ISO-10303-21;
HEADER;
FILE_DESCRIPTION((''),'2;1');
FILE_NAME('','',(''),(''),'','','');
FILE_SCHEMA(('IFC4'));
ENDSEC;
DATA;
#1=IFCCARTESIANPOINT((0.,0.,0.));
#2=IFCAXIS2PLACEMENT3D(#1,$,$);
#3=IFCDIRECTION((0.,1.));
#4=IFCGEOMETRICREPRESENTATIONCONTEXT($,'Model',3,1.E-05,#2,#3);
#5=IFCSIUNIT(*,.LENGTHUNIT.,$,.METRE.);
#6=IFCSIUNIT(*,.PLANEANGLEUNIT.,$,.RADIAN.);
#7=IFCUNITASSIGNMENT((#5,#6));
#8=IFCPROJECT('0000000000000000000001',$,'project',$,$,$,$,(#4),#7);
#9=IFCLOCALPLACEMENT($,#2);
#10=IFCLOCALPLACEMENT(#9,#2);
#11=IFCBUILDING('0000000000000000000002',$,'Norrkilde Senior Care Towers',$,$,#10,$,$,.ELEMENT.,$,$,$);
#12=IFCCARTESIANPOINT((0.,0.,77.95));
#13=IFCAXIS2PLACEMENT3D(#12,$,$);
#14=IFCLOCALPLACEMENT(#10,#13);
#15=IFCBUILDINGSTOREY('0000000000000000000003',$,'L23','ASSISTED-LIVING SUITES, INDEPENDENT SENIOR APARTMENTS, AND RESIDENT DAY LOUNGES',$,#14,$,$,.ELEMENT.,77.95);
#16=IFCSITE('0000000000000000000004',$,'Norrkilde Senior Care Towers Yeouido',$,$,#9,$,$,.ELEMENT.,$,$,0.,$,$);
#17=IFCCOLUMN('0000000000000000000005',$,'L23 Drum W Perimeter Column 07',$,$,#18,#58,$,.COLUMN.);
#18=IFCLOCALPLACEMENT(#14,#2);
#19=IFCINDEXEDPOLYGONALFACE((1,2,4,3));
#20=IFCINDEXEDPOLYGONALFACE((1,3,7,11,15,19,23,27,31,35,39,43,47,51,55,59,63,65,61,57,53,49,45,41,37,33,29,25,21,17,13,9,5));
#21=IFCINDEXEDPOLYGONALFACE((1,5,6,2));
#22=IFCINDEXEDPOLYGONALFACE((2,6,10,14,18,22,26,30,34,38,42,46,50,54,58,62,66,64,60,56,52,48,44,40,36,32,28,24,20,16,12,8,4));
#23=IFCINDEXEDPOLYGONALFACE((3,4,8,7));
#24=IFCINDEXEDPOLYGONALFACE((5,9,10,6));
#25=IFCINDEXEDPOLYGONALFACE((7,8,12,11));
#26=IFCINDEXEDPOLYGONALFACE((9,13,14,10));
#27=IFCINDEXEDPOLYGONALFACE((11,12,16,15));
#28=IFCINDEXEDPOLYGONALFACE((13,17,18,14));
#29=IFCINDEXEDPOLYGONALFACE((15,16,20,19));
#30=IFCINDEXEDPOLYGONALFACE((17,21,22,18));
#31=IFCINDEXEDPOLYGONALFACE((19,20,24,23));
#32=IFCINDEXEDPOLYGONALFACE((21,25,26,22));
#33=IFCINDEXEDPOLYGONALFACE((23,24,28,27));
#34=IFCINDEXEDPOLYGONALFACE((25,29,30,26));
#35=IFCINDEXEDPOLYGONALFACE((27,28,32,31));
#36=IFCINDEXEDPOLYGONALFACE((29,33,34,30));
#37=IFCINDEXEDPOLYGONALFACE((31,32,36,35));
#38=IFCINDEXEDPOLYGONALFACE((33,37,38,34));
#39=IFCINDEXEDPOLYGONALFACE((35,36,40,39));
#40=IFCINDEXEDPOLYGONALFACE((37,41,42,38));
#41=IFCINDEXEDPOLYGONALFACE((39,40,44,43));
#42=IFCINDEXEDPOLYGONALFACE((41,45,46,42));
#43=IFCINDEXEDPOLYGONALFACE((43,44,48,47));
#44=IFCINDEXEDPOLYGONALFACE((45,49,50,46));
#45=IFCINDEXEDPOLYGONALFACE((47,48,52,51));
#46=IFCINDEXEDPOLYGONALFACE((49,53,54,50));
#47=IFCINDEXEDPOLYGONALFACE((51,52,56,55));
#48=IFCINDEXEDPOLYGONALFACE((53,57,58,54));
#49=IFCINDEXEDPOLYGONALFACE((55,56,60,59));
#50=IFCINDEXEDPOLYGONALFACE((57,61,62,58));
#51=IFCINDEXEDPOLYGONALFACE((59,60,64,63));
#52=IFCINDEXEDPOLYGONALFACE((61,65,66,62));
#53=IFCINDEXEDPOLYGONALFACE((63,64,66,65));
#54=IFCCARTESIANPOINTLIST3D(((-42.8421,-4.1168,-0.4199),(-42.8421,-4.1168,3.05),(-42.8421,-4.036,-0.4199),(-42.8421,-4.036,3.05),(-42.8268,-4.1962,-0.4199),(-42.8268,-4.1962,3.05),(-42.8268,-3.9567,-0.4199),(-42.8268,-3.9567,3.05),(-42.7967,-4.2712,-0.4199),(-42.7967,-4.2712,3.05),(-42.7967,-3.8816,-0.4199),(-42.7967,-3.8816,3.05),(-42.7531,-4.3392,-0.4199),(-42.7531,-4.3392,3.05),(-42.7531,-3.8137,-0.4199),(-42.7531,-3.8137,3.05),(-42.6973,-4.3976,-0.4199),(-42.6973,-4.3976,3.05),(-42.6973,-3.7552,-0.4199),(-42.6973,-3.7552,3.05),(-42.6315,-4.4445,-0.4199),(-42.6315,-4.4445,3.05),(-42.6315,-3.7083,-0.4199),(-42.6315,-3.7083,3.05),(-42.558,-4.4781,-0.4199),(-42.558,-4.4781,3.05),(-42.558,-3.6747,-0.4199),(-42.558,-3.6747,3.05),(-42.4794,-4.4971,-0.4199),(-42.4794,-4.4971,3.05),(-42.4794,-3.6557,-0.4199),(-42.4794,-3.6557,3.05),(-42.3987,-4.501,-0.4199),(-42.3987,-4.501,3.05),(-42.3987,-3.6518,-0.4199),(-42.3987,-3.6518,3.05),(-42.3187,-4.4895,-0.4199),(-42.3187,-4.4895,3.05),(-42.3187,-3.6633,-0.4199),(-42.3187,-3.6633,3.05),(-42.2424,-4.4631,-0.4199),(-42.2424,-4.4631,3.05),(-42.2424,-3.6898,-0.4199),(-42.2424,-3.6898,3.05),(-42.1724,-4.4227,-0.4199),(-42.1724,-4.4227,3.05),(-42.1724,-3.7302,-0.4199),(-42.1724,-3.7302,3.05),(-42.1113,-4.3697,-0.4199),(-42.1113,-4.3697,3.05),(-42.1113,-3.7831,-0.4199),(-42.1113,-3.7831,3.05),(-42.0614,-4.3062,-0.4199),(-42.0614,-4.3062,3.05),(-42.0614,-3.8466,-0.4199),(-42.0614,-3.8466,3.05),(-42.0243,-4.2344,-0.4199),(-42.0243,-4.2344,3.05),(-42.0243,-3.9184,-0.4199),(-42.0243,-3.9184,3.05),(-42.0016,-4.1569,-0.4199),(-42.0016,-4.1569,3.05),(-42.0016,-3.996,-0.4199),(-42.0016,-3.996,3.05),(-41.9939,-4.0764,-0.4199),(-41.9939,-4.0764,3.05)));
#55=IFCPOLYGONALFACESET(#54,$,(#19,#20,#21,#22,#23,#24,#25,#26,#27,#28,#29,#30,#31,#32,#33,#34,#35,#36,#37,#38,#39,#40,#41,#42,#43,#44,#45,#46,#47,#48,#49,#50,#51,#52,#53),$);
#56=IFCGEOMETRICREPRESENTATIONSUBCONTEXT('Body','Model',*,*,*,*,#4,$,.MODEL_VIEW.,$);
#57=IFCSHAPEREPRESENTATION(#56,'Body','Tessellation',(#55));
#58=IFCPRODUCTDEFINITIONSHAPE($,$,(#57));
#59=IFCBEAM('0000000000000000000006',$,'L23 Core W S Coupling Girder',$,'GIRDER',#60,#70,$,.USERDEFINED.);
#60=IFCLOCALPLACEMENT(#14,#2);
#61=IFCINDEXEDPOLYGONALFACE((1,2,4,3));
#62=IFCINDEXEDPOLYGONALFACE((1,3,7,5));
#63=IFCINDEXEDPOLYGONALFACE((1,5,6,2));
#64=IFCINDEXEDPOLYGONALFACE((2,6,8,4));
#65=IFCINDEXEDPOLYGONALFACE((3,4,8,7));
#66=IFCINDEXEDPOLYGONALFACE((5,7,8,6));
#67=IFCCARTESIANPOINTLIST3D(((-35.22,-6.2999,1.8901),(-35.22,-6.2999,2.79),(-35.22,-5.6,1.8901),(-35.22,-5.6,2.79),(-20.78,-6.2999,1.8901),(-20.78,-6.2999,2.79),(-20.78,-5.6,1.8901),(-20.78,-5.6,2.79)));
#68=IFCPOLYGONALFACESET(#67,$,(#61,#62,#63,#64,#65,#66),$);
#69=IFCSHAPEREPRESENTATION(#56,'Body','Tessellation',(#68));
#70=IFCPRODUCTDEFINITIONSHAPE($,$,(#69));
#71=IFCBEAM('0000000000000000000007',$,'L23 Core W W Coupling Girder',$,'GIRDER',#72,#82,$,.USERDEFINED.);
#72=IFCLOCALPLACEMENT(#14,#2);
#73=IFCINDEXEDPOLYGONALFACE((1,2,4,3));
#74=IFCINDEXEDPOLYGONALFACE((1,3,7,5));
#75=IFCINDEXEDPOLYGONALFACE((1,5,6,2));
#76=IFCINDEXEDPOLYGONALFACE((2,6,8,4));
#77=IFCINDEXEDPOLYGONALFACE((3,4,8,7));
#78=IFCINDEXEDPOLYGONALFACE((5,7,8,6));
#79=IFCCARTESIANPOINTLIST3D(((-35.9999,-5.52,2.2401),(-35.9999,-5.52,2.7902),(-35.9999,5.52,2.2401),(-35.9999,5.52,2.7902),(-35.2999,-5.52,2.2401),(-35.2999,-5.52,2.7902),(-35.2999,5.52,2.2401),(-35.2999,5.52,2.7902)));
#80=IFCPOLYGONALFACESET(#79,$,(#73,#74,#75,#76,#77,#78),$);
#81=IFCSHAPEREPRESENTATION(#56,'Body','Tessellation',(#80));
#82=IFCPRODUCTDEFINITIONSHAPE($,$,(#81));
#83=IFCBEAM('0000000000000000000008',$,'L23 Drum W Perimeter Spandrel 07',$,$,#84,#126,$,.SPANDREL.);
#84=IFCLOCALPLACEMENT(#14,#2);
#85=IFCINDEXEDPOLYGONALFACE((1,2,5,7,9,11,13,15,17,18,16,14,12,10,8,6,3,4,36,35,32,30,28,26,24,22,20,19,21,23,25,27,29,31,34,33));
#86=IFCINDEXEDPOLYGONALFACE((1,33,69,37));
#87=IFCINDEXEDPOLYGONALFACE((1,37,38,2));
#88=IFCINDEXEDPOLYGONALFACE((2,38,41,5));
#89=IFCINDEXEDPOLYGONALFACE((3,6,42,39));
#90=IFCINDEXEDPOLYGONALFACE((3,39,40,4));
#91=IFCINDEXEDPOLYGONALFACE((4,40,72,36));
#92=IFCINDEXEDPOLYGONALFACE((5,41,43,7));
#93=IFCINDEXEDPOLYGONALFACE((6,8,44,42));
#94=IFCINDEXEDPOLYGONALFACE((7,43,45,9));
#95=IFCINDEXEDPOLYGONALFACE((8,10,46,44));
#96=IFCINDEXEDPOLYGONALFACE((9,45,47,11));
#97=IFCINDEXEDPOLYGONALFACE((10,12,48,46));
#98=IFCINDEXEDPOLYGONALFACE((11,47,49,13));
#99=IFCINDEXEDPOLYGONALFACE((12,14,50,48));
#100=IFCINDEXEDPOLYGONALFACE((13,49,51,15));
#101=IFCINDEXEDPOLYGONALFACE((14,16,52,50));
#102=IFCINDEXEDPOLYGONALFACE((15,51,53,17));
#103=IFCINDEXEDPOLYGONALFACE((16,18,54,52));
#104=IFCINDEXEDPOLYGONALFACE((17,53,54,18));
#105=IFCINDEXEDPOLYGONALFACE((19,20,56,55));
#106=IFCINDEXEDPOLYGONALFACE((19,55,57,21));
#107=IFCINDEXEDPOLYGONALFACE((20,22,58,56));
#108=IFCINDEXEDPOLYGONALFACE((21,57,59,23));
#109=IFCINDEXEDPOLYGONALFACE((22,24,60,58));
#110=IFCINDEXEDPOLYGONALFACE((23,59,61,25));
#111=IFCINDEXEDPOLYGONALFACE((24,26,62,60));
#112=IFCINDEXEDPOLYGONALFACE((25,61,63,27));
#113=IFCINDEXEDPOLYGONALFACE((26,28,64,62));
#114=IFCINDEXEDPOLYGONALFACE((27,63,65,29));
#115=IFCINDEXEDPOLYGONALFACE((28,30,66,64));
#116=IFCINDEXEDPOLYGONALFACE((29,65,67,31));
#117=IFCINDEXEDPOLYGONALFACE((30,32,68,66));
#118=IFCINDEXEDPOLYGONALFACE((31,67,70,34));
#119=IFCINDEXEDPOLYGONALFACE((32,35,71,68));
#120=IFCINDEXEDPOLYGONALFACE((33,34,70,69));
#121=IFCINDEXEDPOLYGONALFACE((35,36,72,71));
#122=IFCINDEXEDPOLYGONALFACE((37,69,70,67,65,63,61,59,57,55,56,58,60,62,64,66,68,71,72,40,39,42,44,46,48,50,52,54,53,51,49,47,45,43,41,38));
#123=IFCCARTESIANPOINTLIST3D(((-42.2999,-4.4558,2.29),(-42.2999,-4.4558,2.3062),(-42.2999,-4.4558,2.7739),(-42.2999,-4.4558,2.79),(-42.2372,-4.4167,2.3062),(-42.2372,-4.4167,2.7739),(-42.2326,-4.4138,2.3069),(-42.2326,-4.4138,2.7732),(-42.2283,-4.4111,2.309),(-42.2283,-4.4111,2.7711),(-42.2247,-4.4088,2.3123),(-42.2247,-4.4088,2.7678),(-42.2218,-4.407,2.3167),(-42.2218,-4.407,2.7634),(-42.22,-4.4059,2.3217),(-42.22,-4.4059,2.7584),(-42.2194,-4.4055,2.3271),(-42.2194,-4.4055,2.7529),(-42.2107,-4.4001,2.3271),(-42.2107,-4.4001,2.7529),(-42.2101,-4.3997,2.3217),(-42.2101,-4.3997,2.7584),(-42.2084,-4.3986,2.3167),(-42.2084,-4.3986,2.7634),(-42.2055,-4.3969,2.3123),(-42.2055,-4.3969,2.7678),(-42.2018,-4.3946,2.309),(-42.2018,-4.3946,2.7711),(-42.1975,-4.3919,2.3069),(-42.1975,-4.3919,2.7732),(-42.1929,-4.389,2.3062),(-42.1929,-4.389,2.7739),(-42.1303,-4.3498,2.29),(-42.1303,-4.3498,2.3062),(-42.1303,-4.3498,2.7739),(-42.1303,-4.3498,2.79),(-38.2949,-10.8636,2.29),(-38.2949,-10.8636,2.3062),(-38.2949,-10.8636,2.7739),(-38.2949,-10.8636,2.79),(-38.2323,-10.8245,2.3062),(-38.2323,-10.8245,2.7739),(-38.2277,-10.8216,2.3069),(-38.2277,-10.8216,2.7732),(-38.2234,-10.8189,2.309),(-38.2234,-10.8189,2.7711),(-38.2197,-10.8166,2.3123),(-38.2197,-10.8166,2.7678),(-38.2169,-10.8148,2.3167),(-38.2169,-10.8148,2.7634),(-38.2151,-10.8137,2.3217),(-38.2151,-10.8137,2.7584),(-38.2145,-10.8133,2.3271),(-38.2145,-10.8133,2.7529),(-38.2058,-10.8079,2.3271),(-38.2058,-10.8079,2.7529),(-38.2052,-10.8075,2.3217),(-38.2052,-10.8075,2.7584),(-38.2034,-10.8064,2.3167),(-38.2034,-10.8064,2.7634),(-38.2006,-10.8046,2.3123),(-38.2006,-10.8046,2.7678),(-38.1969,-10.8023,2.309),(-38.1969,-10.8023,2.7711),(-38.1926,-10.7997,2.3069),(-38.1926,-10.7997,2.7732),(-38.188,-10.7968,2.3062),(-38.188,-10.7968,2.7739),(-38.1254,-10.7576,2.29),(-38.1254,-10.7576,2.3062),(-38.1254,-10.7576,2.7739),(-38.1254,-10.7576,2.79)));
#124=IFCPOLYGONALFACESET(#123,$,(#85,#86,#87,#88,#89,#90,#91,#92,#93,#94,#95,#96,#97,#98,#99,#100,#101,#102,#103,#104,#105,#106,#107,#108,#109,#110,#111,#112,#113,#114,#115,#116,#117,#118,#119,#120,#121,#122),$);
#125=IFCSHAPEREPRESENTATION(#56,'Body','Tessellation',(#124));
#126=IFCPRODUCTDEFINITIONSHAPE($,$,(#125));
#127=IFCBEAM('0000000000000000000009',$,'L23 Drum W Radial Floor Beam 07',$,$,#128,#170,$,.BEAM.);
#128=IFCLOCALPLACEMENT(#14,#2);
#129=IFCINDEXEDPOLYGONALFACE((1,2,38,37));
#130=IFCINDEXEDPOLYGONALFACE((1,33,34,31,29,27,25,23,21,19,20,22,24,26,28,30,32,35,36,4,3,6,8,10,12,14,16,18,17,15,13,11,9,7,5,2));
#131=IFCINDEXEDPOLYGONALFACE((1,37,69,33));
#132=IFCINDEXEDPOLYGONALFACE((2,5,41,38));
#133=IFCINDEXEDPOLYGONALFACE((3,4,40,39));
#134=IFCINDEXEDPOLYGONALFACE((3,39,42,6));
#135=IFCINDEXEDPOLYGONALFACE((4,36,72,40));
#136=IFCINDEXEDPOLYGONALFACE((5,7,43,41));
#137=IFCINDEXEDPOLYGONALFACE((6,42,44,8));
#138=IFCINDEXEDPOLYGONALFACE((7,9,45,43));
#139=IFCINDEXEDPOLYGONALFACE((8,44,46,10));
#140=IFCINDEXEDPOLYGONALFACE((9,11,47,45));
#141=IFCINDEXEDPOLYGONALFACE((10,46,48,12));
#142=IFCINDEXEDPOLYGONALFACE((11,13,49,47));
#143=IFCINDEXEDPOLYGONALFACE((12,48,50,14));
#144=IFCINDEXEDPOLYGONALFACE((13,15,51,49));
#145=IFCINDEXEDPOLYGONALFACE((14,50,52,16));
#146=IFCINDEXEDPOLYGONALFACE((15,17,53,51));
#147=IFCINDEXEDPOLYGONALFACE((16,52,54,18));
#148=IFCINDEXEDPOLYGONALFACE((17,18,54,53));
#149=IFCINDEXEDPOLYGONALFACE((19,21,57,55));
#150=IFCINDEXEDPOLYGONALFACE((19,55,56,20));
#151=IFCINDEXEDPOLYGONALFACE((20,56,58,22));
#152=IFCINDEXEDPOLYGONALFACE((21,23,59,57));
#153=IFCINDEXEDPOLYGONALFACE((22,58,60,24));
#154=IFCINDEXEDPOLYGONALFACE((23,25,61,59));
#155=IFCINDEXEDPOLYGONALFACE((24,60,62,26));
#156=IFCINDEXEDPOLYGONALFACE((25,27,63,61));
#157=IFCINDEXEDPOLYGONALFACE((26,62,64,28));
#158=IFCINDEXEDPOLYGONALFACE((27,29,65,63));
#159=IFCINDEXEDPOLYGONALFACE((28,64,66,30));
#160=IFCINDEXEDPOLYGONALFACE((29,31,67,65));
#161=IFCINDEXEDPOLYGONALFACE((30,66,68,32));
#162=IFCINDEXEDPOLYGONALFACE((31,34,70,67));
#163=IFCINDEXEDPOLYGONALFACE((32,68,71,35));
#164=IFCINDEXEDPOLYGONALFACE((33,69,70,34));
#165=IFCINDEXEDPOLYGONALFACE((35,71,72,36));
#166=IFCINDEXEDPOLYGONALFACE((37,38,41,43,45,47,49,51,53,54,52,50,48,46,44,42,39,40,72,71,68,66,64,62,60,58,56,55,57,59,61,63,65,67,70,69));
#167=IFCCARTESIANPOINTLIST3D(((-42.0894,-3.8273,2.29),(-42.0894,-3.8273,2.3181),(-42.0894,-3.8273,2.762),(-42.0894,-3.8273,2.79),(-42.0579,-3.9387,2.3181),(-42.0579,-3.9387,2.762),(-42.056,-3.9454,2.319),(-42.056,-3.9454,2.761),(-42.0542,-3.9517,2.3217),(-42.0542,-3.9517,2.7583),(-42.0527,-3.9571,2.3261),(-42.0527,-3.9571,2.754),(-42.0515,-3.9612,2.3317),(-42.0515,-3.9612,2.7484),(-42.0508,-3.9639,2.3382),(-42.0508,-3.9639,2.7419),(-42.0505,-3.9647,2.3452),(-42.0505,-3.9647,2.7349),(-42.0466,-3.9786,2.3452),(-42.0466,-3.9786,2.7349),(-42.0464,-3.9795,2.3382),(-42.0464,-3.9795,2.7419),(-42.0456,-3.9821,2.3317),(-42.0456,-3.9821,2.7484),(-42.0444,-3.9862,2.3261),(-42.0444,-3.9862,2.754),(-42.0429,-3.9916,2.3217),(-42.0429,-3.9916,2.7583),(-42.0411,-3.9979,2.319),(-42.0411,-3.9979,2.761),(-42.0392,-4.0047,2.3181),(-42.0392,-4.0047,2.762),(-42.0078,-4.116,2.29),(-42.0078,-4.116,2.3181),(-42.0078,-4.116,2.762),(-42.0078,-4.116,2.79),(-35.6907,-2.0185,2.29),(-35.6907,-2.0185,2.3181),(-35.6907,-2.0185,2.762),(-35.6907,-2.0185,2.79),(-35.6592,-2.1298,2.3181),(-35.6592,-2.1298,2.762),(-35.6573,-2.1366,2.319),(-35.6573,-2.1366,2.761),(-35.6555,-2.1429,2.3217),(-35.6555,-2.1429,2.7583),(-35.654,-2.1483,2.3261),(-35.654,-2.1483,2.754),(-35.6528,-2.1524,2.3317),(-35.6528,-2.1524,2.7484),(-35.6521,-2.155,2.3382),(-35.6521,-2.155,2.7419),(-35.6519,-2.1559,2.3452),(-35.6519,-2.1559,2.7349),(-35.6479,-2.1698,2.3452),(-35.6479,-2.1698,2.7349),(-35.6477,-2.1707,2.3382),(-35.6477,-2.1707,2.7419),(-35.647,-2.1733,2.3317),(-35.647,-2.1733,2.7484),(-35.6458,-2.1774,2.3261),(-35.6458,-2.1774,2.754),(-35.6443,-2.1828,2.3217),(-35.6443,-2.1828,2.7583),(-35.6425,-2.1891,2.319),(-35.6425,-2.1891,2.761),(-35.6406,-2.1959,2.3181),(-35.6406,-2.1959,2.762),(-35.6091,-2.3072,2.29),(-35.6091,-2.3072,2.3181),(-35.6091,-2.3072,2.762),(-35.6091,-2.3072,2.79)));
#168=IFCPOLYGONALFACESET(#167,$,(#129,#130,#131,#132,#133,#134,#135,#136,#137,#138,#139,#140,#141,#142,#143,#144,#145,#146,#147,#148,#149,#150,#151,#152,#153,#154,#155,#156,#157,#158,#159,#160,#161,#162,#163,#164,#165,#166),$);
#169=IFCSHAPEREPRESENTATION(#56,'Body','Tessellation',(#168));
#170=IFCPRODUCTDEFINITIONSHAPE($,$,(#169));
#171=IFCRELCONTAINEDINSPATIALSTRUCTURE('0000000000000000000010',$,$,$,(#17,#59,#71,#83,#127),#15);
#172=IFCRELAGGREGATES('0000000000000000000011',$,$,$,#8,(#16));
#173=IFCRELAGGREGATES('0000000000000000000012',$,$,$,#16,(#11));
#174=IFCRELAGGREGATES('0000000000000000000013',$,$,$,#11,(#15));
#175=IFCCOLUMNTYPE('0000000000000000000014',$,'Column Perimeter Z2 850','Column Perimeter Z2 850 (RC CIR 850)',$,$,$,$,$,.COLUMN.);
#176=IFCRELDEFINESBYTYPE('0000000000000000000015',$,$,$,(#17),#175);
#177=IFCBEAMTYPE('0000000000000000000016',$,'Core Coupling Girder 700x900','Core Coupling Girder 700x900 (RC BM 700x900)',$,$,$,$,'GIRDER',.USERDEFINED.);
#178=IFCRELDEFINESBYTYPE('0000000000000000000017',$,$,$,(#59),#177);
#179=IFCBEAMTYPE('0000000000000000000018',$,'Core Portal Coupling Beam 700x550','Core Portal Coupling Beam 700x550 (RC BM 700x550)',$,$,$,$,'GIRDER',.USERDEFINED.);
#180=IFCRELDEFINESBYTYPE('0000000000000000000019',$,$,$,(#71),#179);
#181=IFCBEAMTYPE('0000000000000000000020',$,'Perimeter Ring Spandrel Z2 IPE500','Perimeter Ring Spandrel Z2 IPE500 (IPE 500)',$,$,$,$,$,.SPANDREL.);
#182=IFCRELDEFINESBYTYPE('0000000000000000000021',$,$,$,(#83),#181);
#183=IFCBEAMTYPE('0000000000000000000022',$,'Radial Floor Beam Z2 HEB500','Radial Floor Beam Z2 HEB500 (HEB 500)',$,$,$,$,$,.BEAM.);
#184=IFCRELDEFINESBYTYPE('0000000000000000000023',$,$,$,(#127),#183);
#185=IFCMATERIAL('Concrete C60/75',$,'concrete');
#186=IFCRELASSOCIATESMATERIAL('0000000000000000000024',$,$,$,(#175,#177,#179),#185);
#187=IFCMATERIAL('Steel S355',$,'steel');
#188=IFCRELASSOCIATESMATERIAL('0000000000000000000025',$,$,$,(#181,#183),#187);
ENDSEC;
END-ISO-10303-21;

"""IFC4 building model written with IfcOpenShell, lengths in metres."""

from ifc_helpers import new_model, si_unit, direction, frame, origin, origin_2d, place, context, subcontext, project, spatial, rectangle, circle, i_section, extrude, source, transform, mapped, material, material_profile, profile_set, type_object, type_shapes, element, save


model = new_model("IFC4")

# Units and contexts
model_context = context("Model", 3, precision=1e-05, world=origin(), true_north=direction((0.0, 1.0)))
body_context = subcontext(model_context, "Body", "Model", "MODEL_VIEW")
ifc_project = project(units=[si_unit("LENGTHUNIT", "METRE"), si_unit("PLANEANGLEUNIT", "RADIAN")], contexts=[model_context])

# Site, building, storey
site_placement = place(None, origin())
site = spatial("IfcSite", under=ifc_project, at=site_placement, Name="Norrkilde Senior Care Towers Yeouido", CompositionType="ELEMENT", RefElevation=0.0)
building_placement = place(site_placement, origin())
building = spatial("IfcBuilding", under=site, at=building_placement, Name="Norrkilde Senior Care Towers", CompositionType="ELEMENT")
storey_placement = place(building_placement, frame((0.0, 0.0, 77.95)))
storey = spatial("IfcBuildingStorey", under=building, at=storey_placement, Name="L23", Description="ASSISTED-LIVING SUITES, INDEPENDENT SENIOR APARTMENTS, AND RESIDENT DAY LOUNGES", CompositionType="ELEMENT", Elevation=77.95)

# Column
ifc_material_1 = material(Name="Concrete C60/75", Category="concrete")
ifc_material_profile_1 = material_profile(ifc_material_1, circle(Radius=0.425, at=origin_2d()), Name="RC CIR 850")
ifc_profile_set_1 = profile_set([ifc_material_profile_1], Name="Concrete C60/75")
column_type = type_object("IfcColumnType", Name="Column Perimeter Z2 850", Description="Column Perimeter Z2 850 (RC CIR 850)", PredefinedType="COLUMN", material=ifc_profile_set_1)
shared_shape_1 = source(origin(), body_context, "Body", "SweptSolid", [
    extrude(circle(Radius=0.425, at=origin_2d()), origin(), (0.0, 0.0, 1.0), 3.47),
])
type_shapes(column_type, [shared_shape_1])
column_placement = place(storey_placement, frame((-42.4189, -4.0764, -0.4199), z_axis=(0.0, 0.0, 1.0), x_axis=(1.0, 0.0, 0.0)))
element("IfcColumn", 1, at=column_placement, inside=storey, type_object=column_type, Name="L23 Drum W Perimeter Column 07", PredefinedType="COLUMN", context=body_context, shape_type="MappedRepresentation", body=[
    mapped(shared_shape_1, transform((0.0, 0.0, 0.0), x_axis=(1.0, 0.0, 0.0), y_axis=(0.0, 1.0, 0.0), z_axis=(0.0, 0.0, 1.0), scale=1.0)),
])

# Beams
ifc_material_profile_2 = material_profile(ifc_material_1, rectangle(XDim=0.7, YDim=0.8999, at=origin_2d()), Name="RC BM 700x900")
ifc_profile_set_2 = profile_set([ifc_material_profile_2], Name="Concrete C60/75")
beam_type_1 = type_object("IfcBeamType", Name="Core Coupling Girder 700x900", Description="Core Coupling Girder 700x900 (RC BM 700x900)", ElementType="GIRDER", PredefinedType="USERDEFINED", material=ifc_profile_set_2)
shared_shape_2 = source(origin(), body_context, "Body", "SweptSolid", [
    extrude(rectangle(XDim=0.7, YDim=0.8999, at=origin_2d()), origin(), (0.0, 0.0, 1.0), 14.4399),
])
type_shapes(beam_type_1, [shared_shape_2])
beam_1_placement = place(storey_placement, frame((-35.22, -5.95, 2.3401), z_axis=(1.0, 0.0, 0.0), x_axis=(0.0, 1.0, 0.0)))
element("IfcBeam", 2, at=beam_1_placement, inside=storey, type_object=beam_type_1, Name="L23 Core W S Coupling Girder", ObjectType="GIRDER", PredefinedType="USERDEFINED", context=body_context, shape_type="MappedRepresentation", body=[
    mapped(shared_shape_2, transform((0.0, 0.0, 0.0), x_axis=(1.0, 0.0, 0.0), y_axis=(0.0, 1.0, 0.0), z_axis=(0.0, 0.0, 1.0), scale=1.0)),
])
ifc_material_profile_3 = material_profile(ifc_material_1, rectangle(XDim=0.7, YDim=0.55, at=origin_2d()), Name="RC BM 700x550")
ifc_profile_set_3 = profile_set([ifc_material_profile_3], Name="Concrete C60/75")
beam_type_2 = type_object("IfcBeamType", Name="Core Portal Coupling Beam 700x550", Description="Core Portal Coupling Beam 700x550 (RC BM 700x550)", ElementType="GIRDER", PredefinedType="USERDEFINED", material=ifc_profile_set_3)
shared_shape_3 = source(origin(), body_context, "Body", "SweptSolid", [
    extrude(rectangle(XDim=0.7, YDim=0.55, at=origin_2d()), origin(), (0.0, 0.0, 1.0), 11.04),
])
type_shapes(beam_type_2, [shared_shape_3])
beam_2_placement = place(storey_placement, frame((-35.6499, -5.52, 2.5151), z_axis=(0.0, 1.0, 0.0), x_axis=(-1.0, 0.0, 0.0)))
element("IfcBeam", 3, at=beam_2_placement, inside=storey, type_object=beam_type_2, Name="L23 Core W W Coupling Girder", ObjectType="GIRDER", PredefinedType="USERDEFINED", context=body_context, shape_type="MappedRepresentation", body=[
    mapped(shared_shape_3, transform((0.0, 0.0, 0.0), x_axis=(1.0, 0.0, 0.0), y_axis=(0.0, 1.0, 0.0), z_axis=(0.0, 0.0, 1.0), scale=1.0)),
])
ifc_material_2 = material(Name="Steel S355", Category="steel")
ifc_material_profile_4 = material_profile(ifc_material_2, i_section(OverallWidth=0.2, OverallDepth=0.5, WebThickness=0.0103, FlangeThickness=0.0161, FilletRadius=0.021, at=origin_2d()), Name="IPE 500")
ifc_profile_set_4 = profile_set([ifc_material_profile_4], Name="Steel S355")
beam_type_3 = type_object("IfcBeamType", Name="Perimeter Ring Spandrel Z2 IPE500", Description="Perimeter Ring Spandrel Z2 IPE500 (IPE 500)", PredefinedType="SPANDREL", material=ifc_profile_set_4)
shared_shape_4 = source(origin(), body_context, "Body", "SweptSolid", [
    extrude(i_section(OverallWidth=0.2, OverallDepth=0.5, WebThickness=0.0103, FlangeThickness=0.0161, FilletRadius=0.021, at=origin_2d()), origin(), (0.0, 0.0, 1.0), 7.5564),
])
type_shapes(beam_type_3, [shared_shape_4])
beam_3_placement = place(storey_placement, frame((-42.2151, -4.4028, 2.54), z_axis=(0.530005, -0.847995, 0.0), x_axis=(0.847995, 0.530005, 0.0)))
element("IfcBeam", 4, at=beam_3_placement, inside=storey, type_object=beam_type_3, Name="L23 Drum W Perimeter Spandrel 07", PredefinedType="SPANDREL", context=body_context, shape_type="MappedRepresentation", body=[
    mapped(shared_shape_4, transform((0.0, 0.0, 0.0), x_axis=(1.0, 0.0, 0.0), y_axis=(0.0, 1.0, 0.0), z_axis=(0.0, 0.0, 1.0), scale=1.0)),
])
ifc_material_profile_5 = material_profile(ifc_material_2, i_section(OverallWidth=0.3, OverallDepth=0.5, WebThickness=0.0144, FlangeThickness=0.0281, FilletRadius=0.0271, at=origin_2d()), Name="HEB 500")
ifc_profile_set_5 = profile_set([ifc_material_profile_5], Name="Steel S355")
beam_type_4 = type_object("IfcBeamType", Name="Radial Floor Beam Z2 HEB500", Description="Radial Floor Beam Z2 HEB500 (HEB 500)", PredefinedType="BEAM", material=ifc_profile_set_5)
shared_shape_5 = source(origin(), body_context, "Body", "SweptSolid", [
    extrude(i_section(OverallWidth=0.3, OverallDepth=0.5, WebThickness=0.0144, FlangeThickness=0.0281, FilletRadius=0.0271, at=origin_2d()), origin(), (0.0, 0.0, 1.0), 6.6494),
])
type_shapes(beam_type_4, [shared_shape_5])
beam_4_placement = place(storey_placement, frame((-35.6499, -2.1628, 2.54), z_axis=(-0.962289, -0.272029, 0.0), x_axis=(0.272029, -0.962289, 0.0)))
element("IfcBeam", 5, at=beam_4_placement, inside=storey, type_object=beam_type_4, Name="L23 Drum W Radial Floor Beam 07", PredefinedType="BEAM", context=body_context, shape_type="MappedRepresentation", body=[
    mapped(shared_shape_5, transform((0.0, 0.0, 0.0), x_axis=(1.0, 0.0, 0.0), y_axis=(0.0, 1.0, 0.0), z_axis=(0.0, 0.0, 1.0), scale=1.0)),
])

save(model, "model.ifc")
